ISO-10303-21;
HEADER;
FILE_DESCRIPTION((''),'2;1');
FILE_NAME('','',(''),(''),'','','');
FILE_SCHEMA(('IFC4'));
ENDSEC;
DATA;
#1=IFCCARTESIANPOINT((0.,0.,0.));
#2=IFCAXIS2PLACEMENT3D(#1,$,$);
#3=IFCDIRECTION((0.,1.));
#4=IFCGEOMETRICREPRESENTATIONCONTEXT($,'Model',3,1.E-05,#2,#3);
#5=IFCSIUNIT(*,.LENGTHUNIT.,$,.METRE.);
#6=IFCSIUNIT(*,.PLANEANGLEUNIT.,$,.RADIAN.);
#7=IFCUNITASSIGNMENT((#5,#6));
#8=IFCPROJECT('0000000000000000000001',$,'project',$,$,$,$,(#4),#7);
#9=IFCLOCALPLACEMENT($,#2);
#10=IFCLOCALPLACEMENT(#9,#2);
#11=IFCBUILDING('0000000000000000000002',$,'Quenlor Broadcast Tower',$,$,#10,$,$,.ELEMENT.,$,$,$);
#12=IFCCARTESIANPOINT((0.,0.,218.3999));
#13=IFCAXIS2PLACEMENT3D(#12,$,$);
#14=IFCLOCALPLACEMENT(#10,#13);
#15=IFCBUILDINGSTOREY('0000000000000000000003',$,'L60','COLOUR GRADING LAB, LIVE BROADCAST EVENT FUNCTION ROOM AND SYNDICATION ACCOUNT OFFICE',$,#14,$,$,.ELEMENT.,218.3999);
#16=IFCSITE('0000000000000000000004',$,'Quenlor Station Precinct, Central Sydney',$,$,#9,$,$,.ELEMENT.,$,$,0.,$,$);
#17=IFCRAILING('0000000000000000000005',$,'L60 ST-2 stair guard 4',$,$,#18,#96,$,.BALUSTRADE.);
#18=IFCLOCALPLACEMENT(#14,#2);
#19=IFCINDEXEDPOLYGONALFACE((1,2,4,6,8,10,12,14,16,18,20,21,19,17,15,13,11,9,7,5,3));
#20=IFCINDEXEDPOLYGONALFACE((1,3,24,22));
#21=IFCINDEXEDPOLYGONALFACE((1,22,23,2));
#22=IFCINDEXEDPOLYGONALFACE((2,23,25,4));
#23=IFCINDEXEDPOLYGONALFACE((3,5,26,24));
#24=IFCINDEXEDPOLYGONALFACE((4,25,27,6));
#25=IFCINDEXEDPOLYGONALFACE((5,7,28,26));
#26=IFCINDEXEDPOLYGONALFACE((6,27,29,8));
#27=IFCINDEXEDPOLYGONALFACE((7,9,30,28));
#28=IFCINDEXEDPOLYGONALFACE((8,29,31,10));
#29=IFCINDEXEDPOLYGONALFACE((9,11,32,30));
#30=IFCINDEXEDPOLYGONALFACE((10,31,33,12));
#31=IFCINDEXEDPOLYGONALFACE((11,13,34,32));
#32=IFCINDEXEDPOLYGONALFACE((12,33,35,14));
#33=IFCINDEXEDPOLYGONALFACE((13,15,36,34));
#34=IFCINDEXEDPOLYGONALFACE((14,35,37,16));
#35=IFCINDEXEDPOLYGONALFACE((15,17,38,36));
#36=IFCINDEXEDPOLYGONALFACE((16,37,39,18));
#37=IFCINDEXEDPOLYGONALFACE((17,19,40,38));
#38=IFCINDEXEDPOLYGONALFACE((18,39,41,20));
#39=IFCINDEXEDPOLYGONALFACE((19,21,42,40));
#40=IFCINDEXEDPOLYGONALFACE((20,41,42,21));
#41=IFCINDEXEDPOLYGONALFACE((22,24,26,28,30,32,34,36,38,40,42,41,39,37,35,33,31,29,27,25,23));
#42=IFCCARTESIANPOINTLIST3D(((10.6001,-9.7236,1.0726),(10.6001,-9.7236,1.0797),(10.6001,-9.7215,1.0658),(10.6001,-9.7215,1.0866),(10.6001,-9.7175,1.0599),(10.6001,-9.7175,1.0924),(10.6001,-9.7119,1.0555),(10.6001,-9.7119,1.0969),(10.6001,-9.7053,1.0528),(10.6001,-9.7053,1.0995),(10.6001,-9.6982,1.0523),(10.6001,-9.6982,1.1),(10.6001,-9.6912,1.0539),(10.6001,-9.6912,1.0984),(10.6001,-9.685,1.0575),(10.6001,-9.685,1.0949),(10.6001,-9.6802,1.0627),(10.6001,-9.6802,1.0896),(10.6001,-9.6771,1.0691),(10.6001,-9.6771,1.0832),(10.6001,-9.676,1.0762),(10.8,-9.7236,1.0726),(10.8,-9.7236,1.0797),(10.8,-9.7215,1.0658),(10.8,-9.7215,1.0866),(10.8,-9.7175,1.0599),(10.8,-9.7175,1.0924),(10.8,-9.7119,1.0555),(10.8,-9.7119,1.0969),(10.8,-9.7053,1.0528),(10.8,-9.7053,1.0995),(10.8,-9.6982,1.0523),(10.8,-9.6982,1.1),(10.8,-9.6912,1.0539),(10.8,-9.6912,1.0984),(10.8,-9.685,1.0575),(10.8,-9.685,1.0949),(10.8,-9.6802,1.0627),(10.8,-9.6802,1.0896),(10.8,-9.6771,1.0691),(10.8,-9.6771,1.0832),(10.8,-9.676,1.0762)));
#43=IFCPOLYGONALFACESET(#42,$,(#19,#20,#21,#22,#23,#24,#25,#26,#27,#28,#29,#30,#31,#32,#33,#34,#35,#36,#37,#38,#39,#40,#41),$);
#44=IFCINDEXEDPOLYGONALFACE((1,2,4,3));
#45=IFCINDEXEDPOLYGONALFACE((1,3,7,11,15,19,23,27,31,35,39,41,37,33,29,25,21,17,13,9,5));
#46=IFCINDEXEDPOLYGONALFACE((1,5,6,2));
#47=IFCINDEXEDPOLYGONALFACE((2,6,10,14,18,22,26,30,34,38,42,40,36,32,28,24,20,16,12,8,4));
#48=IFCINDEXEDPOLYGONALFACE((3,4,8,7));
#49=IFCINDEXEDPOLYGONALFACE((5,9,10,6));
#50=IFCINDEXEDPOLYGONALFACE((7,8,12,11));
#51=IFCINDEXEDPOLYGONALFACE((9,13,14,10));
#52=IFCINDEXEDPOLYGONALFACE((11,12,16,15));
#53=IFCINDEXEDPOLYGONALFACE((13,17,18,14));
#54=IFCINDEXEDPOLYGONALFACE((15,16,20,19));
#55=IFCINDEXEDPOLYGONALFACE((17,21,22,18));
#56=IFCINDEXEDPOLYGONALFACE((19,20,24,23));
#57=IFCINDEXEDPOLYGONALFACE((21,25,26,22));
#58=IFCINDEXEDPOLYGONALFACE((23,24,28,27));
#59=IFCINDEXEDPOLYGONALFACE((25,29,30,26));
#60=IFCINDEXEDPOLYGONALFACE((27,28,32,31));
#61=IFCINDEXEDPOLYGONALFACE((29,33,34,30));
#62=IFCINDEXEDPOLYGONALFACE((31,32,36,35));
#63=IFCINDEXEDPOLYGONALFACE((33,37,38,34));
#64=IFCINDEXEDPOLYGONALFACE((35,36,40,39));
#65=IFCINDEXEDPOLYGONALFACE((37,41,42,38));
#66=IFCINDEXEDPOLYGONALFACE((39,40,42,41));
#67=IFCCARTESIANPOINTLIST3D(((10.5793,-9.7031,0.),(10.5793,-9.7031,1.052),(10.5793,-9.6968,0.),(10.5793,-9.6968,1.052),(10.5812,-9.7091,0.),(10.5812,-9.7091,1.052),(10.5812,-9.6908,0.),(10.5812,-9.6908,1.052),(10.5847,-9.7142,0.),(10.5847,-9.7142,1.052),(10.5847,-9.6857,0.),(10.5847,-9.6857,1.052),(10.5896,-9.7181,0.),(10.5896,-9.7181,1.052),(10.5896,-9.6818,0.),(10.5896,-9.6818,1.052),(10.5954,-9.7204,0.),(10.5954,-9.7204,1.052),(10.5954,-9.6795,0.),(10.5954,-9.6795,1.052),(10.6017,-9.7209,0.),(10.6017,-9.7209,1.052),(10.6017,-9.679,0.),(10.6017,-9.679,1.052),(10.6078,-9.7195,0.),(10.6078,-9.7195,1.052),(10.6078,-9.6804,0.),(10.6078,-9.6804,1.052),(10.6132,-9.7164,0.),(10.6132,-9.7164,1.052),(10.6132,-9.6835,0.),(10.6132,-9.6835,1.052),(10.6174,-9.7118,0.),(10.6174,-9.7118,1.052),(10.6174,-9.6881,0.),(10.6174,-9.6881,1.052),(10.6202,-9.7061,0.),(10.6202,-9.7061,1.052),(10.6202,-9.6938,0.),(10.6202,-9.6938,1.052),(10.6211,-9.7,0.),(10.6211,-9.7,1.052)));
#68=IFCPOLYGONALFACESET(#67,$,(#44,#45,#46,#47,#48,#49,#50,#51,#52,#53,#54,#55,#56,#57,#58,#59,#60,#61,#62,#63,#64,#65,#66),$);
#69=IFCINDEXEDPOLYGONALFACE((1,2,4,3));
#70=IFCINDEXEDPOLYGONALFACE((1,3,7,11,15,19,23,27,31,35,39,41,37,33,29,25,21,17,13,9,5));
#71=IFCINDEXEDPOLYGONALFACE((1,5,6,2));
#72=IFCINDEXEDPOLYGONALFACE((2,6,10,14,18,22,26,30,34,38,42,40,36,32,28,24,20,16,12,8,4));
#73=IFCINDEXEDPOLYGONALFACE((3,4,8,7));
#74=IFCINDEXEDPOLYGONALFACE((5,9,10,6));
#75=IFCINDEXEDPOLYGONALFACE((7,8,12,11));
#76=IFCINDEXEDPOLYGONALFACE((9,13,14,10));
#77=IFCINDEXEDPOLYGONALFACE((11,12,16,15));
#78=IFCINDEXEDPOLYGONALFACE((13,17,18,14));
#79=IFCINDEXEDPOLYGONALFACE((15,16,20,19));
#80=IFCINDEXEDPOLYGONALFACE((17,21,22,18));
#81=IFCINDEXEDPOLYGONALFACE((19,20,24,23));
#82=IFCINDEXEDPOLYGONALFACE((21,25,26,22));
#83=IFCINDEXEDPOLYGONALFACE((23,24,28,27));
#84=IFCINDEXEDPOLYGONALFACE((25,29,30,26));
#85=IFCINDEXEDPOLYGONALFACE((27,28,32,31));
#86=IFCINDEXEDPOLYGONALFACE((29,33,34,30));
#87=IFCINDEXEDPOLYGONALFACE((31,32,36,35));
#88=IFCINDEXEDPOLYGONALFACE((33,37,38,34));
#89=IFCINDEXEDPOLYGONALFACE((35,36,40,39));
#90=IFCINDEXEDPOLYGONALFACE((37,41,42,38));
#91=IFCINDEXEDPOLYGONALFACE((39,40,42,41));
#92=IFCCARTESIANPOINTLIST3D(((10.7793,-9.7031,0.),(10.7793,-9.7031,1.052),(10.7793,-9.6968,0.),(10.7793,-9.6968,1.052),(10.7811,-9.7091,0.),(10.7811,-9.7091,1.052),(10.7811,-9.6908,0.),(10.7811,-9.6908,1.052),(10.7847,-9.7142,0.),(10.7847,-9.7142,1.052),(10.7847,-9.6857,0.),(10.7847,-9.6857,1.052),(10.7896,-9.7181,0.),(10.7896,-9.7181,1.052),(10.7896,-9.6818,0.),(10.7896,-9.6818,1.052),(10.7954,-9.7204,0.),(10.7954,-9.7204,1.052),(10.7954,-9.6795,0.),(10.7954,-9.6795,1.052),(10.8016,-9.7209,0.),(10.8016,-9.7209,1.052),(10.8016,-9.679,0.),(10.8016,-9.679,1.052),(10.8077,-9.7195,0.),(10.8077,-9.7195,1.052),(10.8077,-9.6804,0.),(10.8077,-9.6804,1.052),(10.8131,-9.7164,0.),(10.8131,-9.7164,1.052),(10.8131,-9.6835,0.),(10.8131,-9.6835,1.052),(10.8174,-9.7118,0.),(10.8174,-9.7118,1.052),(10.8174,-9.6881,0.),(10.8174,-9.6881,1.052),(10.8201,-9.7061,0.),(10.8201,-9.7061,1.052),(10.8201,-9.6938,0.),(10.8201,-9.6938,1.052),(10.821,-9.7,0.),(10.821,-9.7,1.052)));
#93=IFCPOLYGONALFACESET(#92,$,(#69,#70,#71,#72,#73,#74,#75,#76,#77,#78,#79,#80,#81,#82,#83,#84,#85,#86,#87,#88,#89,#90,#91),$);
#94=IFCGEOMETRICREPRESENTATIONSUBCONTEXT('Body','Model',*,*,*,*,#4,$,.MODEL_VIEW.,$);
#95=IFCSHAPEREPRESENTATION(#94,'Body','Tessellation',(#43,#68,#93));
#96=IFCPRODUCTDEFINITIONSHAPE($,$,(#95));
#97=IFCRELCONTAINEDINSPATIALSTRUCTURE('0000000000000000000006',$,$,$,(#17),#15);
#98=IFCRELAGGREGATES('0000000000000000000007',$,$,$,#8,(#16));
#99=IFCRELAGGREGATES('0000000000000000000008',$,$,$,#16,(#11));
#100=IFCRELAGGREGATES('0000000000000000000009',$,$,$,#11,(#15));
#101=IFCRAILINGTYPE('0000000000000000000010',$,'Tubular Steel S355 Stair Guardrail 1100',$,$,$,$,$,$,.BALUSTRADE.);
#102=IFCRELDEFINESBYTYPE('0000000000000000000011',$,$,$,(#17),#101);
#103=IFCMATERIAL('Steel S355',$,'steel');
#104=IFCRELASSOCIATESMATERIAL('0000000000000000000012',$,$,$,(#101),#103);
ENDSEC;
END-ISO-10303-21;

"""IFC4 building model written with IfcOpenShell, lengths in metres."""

from ifc_helpers import new_model, si_unit, direction, frame, origin, origin_2d, place, context, subcontext, project, spatial, circle, extrude, material, type_object, element, save


model = new_model("IFC4")

# Units and contexts
model_context = context("Model", 3, precision=1e-05, world=origin(), true_north=direction((0.0, 1.0)))
body_context = subcontext(model_context, "Body", "Model", "MODEL_VIEW")
ifc_project = project(units=[si_unit("LENGTHUNIT", "METRE"), si_unit("PLANEANGLEUNIT", "RADIAN")], contexts=[model_context])

# Site, building, storey
site_placement = place(None, origin())
site = spatial("IfcSite", under=ifc_project, at=site_placement, Name="Quenlor Station Precinct, Central Sydney", CompositionType="ELEMENT", RefElevation=0.0)
building_placement = place(site_placement, origin())
building = spatial("IfcBuilding", under=site, at=building_placement, Name="Quenlor Broadcast Tower", CompositionType="ELEMENT")
storey_placement = place(building_placement, frame((0.0, 0.0, 218.3999)))
storey = spatial("IfcBuildingStorey", under=building, at=storey_placement, Name="L60", Description="COLOUR GRADING LAB, LIVE BROADCAST EVENT FUNCTION ROOM AND SYNDICATION ACCOUNT OFFICE", CompositionType="ELEMENT", Elevation=218.3999)

# Railing
ifc_material_1 = material(Name="Steel S355", Category="steel")
railing_type_1 = type_object("IfcRailingType", Name="Tubular Steel S355 Stair Guardrail 1100", PredefinedType="BALUSTRADE", material=ifc_material_1)
railing_1_placement = place(storey_placement, frame((10.6001, -9.7, 0.0)))
element("IfcRailing", 1, at=railing_1_placement, inside=storey, type_object=railing_type_1, Name="L60 ST-2 stair guard 4", PredefinedType="BALUSTRADE", context=body_context, shape_type="SweptSolid", body=[
    extrude(circle(Radius=0.0239, at=origin_2d()), frame((0.0, 0.0, 1.0762), z_axis=(1.0, 0.0, 0.0), x_axis=(0.0, 1.0, 0.0)), (0.0, 0.0, 1.0), 0.2),
    extrude(circle(Radius=0.021, at=origin_2d()), origin(), (0.0, 0.0, 1.0), 1.052),
    extrude(circle(Radius=0.021, at=origin_2d()), frame((0.2, 0.0, 0.0)), (0.0, 0.0, 1.0), 1.052),
])

save(model, "model.ifc")
